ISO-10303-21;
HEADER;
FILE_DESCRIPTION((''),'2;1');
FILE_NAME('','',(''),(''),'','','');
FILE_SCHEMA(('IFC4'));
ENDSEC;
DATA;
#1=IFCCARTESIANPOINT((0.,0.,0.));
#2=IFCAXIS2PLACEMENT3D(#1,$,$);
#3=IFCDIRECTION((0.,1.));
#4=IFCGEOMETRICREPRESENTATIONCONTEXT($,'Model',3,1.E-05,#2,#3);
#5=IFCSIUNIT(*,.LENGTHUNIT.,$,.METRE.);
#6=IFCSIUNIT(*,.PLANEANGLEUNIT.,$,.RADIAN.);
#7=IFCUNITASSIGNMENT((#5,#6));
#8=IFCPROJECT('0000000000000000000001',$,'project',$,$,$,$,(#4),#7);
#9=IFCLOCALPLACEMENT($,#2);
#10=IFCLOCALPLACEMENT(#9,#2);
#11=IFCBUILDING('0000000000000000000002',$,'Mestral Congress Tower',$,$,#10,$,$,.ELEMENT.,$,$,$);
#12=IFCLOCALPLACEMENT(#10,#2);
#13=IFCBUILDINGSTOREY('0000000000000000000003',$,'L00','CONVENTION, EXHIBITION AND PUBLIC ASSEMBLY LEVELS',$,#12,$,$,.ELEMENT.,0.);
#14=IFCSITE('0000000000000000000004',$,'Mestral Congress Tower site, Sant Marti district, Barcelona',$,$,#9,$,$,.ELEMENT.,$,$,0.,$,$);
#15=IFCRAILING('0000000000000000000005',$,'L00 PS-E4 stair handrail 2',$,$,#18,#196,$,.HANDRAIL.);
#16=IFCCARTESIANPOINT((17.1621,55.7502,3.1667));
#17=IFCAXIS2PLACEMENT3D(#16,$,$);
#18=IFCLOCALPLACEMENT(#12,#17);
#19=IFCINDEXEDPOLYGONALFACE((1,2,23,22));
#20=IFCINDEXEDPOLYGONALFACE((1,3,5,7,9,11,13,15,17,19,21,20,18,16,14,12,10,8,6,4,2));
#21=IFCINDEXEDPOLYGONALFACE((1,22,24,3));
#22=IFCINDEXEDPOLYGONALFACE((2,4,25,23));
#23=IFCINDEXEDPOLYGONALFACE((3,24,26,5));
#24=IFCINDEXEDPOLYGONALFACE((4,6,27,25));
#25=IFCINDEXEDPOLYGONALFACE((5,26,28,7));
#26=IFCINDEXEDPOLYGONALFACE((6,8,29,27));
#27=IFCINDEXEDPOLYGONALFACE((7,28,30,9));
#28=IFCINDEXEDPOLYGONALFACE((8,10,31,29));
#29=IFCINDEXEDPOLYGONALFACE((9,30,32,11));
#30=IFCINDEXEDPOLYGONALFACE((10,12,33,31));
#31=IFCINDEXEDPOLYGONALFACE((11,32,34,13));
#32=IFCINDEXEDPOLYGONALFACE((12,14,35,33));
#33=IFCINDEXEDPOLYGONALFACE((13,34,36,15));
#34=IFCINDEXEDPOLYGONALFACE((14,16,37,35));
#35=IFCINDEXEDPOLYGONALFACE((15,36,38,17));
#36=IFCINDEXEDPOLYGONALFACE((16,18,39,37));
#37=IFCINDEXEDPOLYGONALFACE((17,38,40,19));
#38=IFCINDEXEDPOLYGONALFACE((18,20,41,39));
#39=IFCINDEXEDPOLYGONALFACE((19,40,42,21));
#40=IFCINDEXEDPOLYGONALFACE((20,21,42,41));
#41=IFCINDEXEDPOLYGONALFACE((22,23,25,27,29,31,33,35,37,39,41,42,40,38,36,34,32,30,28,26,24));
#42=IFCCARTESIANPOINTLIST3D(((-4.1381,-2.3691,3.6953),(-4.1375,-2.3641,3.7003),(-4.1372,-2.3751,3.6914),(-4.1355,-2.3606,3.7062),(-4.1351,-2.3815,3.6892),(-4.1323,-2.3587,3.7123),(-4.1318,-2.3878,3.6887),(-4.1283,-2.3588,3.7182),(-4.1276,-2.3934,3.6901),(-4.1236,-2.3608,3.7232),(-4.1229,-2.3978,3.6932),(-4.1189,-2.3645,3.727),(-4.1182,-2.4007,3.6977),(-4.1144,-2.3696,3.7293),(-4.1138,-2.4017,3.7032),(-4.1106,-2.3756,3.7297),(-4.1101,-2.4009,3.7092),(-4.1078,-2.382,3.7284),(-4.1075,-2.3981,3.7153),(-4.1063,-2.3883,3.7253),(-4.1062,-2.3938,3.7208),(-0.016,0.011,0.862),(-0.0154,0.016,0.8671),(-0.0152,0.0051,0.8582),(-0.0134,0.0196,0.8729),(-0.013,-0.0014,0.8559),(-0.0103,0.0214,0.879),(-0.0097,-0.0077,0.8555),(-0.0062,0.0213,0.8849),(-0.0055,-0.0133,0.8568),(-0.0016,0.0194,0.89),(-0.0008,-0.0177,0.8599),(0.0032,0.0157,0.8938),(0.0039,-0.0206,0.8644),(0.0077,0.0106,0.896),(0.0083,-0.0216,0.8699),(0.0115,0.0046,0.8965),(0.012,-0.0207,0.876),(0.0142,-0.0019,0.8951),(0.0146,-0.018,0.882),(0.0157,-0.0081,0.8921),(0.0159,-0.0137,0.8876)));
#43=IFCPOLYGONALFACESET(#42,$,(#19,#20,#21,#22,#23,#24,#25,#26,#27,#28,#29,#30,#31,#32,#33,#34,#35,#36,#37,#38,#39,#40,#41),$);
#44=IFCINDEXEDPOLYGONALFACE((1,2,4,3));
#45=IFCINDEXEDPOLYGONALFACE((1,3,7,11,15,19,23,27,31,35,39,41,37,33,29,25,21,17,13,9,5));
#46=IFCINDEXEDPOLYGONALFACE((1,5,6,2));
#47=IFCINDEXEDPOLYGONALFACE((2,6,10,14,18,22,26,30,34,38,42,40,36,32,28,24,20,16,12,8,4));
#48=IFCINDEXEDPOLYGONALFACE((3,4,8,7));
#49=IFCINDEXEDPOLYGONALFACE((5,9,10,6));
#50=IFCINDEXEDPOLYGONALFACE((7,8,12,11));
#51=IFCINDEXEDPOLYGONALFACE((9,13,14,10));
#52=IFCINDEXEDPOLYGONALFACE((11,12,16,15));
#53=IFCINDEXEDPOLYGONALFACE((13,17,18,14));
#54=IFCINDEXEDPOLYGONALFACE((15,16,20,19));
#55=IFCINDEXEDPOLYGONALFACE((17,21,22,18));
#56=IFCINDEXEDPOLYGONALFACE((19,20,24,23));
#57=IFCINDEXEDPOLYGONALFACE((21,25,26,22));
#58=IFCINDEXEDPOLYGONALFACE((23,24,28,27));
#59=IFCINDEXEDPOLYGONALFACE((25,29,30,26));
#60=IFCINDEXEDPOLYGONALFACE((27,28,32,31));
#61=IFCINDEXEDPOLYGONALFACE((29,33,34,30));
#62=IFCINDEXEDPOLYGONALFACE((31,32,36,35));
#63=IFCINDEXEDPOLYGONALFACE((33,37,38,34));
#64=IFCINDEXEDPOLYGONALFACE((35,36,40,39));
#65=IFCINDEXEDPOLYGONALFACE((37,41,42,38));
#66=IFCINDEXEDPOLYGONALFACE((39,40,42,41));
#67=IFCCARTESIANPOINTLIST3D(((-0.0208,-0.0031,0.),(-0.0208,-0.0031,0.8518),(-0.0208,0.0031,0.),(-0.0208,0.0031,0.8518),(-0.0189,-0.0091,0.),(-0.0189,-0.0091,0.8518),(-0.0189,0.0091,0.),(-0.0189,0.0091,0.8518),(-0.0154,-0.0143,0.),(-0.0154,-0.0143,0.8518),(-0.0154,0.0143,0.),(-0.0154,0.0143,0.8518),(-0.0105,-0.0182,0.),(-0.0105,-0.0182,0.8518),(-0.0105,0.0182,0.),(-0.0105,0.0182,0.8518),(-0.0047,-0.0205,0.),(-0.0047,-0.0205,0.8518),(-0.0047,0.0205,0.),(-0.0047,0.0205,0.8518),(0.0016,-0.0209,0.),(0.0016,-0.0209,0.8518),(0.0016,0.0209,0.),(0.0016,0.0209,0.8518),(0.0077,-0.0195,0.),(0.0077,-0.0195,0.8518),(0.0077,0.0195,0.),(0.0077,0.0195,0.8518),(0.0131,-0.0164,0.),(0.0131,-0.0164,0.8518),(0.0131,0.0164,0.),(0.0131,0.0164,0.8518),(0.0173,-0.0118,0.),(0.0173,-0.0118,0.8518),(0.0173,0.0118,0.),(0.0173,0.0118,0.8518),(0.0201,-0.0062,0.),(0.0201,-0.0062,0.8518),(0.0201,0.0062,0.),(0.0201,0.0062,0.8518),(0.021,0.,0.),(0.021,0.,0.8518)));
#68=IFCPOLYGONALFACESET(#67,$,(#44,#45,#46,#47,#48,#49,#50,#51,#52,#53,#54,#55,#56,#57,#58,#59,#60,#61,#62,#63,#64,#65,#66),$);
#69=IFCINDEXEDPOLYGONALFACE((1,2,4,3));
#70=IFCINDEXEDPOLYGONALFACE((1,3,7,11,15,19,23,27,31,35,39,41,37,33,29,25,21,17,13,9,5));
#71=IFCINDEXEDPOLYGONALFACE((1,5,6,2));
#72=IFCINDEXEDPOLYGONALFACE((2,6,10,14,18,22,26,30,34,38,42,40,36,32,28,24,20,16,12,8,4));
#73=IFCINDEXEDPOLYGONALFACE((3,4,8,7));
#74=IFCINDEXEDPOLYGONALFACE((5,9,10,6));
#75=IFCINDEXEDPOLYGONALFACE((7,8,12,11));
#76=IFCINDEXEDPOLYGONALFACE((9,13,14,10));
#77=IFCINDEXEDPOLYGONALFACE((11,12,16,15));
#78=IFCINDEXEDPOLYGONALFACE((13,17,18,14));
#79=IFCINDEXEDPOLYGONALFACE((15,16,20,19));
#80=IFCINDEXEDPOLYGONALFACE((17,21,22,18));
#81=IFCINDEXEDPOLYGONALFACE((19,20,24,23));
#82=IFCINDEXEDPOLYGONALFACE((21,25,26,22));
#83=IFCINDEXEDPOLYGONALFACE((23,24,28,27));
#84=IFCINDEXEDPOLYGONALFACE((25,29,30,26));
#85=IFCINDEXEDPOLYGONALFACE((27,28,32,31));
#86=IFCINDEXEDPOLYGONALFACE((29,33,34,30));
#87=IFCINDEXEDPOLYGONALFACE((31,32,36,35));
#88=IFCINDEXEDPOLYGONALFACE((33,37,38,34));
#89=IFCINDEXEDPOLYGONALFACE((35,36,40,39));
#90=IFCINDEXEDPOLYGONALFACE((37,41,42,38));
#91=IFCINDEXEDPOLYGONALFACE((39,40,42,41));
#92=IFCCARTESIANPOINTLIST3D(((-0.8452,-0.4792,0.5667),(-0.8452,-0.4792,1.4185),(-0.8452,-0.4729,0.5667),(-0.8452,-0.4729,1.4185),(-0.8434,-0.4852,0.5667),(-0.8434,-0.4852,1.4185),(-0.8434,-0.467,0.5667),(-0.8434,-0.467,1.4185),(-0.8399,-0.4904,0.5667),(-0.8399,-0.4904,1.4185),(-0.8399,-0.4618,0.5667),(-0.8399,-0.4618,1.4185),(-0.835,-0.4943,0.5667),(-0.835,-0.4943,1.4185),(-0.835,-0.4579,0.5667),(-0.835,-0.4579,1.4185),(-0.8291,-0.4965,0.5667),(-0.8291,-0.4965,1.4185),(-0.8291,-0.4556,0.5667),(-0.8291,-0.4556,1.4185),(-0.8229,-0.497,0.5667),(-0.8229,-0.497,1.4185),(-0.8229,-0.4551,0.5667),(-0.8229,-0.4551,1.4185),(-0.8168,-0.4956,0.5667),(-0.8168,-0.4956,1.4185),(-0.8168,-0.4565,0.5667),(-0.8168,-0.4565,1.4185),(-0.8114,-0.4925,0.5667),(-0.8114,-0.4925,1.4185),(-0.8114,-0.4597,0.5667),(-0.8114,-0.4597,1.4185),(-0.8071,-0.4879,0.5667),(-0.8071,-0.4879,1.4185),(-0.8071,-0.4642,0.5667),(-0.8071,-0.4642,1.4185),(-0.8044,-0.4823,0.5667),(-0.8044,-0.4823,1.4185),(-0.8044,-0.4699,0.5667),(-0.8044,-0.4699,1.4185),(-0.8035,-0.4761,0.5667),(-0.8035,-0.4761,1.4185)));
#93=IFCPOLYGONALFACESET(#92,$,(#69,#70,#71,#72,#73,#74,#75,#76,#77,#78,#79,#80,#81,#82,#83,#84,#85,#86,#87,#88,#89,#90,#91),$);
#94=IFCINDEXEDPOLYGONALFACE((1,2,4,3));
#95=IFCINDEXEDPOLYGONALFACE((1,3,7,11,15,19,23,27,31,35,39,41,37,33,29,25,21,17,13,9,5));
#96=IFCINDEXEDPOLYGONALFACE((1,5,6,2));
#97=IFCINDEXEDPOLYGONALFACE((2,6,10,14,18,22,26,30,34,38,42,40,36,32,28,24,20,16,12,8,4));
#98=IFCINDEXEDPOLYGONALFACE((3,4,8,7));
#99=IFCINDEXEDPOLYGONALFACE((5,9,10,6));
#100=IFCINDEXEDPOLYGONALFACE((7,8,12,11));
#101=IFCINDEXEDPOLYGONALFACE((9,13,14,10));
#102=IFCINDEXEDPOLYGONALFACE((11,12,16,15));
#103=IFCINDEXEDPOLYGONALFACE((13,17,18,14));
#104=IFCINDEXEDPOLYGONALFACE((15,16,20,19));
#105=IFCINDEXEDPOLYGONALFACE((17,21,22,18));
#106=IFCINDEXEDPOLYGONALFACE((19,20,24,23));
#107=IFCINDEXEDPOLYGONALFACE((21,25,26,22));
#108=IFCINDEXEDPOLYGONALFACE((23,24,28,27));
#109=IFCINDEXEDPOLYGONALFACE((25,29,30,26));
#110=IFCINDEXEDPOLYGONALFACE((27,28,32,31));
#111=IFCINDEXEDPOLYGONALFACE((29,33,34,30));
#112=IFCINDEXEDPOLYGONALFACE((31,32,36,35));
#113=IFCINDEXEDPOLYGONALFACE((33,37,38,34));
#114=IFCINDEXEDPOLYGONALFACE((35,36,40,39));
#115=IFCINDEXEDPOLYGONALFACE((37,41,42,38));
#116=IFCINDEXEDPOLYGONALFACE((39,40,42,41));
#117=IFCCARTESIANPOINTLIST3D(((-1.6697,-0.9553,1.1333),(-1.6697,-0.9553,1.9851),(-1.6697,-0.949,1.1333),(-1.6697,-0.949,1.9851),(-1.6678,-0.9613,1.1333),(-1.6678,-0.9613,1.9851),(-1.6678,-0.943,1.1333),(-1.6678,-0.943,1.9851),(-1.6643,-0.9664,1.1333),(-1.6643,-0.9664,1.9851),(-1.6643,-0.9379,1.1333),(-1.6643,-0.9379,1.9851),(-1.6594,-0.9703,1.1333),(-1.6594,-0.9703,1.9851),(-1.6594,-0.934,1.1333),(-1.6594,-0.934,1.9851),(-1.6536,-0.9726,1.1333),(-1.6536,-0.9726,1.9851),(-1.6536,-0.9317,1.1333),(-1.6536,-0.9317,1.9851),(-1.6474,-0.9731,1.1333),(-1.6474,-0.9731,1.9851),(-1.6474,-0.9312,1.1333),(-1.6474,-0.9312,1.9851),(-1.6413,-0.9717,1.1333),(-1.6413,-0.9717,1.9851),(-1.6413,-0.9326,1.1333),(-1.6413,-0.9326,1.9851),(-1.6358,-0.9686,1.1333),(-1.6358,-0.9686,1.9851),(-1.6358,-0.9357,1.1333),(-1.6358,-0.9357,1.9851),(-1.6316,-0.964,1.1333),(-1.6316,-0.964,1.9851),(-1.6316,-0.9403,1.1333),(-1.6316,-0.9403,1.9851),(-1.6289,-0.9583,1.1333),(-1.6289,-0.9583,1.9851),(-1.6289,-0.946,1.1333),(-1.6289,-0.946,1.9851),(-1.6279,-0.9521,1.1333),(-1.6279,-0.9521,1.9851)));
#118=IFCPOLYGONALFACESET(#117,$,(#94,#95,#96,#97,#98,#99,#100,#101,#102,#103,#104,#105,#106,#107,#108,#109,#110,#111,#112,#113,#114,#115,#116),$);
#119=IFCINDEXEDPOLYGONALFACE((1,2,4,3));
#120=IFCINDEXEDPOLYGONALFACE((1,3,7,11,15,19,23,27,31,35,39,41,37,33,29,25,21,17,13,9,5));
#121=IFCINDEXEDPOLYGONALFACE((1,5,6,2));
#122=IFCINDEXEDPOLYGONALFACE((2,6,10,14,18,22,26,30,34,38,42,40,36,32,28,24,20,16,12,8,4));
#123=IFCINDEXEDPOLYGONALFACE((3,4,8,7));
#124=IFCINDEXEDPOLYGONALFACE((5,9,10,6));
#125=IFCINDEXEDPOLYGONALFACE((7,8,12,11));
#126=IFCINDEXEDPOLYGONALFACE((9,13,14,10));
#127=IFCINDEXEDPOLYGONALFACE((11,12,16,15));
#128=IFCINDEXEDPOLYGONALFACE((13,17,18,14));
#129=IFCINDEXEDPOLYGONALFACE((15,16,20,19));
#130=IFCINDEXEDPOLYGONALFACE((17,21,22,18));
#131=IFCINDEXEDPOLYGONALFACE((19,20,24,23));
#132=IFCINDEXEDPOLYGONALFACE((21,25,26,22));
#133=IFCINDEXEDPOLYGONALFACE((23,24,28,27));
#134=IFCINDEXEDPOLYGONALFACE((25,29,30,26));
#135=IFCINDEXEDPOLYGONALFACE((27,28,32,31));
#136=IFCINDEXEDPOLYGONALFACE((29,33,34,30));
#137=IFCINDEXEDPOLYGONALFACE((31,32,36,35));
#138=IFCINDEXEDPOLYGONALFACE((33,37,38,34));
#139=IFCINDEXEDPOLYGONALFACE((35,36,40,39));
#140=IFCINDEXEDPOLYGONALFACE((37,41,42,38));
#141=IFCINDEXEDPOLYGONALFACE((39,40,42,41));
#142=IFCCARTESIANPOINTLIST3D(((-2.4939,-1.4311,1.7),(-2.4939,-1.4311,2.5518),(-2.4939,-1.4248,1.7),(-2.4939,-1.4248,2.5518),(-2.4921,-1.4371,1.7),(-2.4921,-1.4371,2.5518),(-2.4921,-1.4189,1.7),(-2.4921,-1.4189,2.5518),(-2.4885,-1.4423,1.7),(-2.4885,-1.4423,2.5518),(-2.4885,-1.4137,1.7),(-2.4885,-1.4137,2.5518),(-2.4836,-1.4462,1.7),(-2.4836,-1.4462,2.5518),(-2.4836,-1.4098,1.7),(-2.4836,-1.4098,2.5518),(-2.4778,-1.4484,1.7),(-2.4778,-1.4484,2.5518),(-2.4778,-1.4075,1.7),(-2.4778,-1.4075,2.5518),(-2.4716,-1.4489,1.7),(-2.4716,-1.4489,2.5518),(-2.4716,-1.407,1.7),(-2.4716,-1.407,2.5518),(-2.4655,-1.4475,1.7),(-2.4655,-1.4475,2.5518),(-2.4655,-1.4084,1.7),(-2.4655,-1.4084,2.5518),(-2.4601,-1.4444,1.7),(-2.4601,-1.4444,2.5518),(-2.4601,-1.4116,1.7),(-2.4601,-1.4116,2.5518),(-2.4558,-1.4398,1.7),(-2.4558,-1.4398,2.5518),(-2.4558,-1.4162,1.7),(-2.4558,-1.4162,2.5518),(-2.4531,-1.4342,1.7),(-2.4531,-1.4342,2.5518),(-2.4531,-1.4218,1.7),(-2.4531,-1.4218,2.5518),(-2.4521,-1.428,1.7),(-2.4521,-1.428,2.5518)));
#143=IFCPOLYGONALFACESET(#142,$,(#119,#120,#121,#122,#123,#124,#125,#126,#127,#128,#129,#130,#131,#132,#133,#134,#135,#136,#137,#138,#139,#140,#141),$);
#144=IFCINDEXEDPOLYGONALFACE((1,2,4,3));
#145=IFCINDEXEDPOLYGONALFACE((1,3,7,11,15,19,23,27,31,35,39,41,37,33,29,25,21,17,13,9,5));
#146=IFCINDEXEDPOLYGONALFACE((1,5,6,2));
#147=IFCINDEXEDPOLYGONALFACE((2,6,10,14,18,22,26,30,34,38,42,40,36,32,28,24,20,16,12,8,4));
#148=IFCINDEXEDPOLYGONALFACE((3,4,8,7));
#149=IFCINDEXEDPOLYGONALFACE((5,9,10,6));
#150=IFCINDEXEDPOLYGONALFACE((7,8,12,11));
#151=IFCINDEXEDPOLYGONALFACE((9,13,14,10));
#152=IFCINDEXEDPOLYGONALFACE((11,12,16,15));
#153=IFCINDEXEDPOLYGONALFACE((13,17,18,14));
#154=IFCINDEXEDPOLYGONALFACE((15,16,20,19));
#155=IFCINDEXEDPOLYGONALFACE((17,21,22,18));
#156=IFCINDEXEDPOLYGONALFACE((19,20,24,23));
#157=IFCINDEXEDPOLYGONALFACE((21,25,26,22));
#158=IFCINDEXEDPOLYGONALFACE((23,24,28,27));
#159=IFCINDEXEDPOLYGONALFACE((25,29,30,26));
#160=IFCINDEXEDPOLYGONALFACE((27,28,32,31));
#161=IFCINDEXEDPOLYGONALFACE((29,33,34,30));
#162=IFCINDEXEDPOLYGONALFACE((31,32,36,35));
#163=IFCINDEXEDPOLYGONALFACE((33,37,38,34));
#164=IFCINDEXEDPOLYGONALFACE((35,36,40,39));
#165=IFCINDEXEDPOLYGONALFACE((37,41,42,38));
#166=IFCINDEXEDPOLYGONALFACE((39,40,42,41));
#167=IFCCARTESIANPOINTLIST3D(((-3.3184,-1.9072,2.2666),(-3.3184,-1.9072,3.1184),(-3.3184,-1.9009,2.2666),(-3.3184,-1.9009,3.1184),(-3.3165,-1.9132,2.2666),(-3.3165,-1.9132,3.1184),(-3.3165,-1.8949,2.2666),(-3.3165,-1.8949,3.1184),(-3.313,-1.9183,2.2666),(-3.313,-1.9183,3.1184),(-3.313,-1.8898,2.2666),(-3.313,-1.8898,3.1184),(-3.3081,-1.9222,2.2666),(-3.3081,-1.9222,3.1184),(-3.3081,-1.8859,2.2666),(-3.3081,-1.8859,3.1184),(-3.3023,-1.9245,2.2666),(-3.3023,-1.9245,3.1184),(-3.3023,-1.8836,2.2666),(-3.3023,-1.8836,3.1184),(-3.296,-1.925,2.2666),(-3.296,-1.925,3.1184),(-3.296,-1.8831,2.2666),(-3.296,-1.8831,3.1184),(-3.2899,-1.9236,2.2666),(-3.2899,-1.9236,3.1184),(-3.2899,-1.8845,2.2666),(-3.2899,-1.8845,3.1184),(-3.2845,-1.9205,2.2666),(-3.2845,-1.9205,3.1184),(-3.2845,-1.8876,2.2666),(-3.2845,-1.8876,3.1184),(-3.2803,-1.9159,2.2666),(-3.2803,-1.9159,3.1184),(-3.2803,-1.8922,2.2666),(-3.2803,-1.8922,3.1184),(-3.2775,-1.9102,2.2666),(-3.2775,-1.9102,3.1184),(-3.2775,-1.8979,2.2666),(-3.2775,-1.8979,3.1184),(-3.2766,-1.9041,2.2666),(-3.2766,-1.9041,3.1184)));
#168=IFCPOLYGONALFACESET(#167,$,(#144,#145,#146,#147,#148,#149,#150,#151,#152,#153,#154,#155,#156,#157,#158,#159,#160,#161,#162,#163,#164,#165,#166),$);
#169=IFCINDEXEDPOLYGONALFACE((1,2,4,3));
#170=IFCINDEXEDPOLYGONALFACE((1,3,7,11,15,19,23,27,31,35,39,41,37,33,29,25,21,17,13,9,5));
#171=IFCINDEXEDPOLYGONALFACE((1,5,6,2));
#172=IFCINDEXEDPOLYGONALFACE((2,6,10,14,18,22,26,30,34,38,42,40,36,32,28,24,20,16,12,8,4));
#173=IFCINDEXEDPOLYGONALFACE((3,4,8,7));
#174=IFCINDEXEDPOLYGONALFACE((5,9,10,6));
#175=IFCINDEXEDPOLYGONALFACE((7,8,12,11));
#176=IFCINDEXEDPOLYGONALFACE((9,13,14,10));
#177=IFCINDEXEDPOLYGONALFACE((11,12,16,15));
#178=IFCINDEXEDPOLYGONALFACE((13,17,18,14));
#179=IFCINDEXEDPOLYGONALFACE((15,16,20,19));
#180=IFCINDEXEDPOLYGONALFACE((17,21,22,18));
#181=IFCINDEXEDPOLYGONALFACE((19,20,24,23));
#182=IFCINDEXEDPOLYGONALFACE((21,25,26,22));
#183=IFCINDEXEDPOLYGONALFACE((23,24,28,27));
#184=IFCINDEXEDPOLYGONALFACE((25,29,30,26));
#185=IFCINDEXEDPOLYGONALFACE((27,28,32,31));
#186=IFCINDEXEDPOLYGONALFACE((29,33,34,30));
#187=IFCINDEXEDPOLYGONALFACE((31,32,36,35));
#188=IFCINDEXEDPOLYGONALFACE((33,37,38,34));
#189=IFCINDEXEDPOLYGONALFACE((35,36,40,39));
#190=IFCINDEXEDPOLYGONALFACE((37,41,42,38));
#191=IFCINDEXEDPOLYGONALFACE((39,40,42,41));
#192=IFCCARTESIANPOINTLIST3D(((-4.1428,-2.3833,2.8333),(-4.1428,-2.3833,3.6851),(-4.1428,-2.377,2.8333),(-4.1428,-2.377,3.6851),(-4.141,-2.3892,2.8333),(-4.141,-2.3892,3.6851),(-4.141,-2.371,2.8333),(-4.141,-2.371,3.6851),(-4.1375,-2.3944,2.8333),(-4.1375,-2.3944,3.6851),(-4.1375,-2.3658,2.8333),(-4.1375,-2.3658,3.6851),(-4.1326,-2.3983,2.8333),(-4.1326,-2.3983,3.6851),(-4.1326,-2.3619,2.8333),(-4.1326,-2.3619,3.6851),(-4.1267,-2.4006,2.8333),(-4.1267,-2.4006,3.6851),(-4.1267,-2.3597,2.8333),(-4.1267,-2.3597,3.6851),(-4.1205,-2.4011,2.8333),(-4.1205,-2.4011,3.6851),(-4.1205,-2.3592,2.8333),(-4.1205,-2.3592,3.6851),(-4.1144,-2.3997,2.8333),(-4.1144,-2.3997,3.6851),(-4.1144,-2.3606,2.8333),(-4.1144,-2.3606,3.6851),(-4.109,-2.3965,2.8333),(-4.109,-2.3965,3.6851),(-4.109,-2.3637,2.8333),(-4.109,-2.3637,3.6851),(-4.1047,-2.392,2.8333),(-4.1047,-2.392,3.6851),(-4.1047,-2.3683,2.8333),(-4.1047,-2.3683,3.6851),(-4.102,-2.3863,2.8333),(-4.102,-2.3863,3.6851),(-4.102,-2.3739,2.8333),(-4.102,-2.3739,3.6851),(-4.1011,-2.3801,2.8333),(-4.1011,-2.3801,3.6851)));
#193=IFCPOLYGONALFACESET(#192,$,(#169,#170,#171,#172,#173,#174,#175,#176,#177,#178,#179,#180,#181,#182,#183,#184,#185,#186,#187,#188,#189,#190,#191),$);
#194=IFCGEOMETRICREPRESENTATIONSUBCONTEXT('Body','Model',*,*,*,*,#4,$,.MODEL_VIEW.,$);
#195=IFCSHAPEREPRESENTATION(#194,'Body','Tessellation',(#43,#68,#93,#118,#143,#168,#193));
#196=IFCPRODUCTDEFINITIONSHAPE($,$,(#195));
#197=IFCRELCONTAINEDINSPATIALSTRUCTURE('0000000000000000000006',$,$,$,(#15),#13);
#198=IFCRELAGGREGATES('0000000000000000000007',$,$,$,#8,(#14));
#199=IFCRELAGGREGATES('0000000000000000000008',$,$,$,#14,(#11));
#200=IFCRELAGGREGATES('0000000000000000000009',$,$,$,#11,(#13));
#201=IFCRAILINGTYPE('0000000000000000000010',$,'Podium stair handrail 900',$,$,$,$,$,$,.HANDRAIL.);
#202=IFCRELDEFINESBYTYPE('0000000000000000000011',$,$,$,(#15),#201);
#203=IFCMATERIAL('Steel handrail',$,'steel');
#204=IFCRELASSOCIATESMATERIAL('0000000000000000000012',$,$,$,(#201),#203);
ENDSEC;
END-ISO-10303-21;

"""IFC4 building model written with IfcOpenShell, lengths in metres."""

from ifc_helpers import new_model, si_unit, direction, frame, origin, origin_2d, place, context, subcontext, project, spatial, circle, extrude, material, type_object, element, save


model = new_model("IFC4")

# Units and contexts
model_context = context("Model", 3, precision=1e-05, world=origin(), true_north=direction((0.0, 1.0)))
body_context = subcontext(model_context, "Body", "Model", "MODEL_VIEW")
ifc_project = project(units=[si_unit("LENGTHUNIT", "METRE"), si_unit("PLANEANGLEUNIT", "RADIAN")], contexts=[model_context])

# Site, building, storey
site_placement = place(None, origin())
site = spatial("IfcSite", under=ifc_project, at=site_placement, Name="Mestral Congress Tower site, Sant Marti district, Barcelona", CompositionType="ELEMENT", RefElevation=0.0)
building_placement = place(site_placement, origin())
building = spatial("IfcBuilding", under=site, at=building_placement, Name="Mestral Congress Tower", CompositionType="ELEMENT")
storey_placement = place(building_placement, origin())
storey = spatial("IfcBuildingStorey", under=building, at=storey_placement, Name="L00", Description="CONVENTION, EXHIBITION AND PUBLIC ASSEMBLY LEVELS", CompositionType="ELEMENT", Elevation=0.0)

# Railing
ifc_material_1 = material(Name="Steel handrail", Category="steel")
railing_type_1 = type_object("IfcRailingType", Name="Podium stair handrail 900", PredefinedType="HANDRAIL", material=ifc_material_1)
railing_1_placement = place(storey_placement, frame((17.1621, 55.7502, 3.1667)))
element("IfcRailing", 1, at=railing_1_placement, inside=storey, type_object=railing_type_1, Name="L00 PS-E4 stair handrail 2", PredefinedType="HANDRAIL", context=body_context, shape_type="SweptSolid", body=[
    extrude(circle(Radius=0.0239, at=origin_2d()), frame((0.0, 0.0, 0.876), z_axis=(-0.744151, -0.429681, 0.511482), x_axis=(0.500039, -0.866003, 0.0)), (0.0, 0.0, 1.0), 5.5393),
    extrude(circle(Radius=0.021, at=origin_2d()), origin(), (0.0, 0.0, 1.0), 0.8518),
    extrude(circle(Radius=0.021, at=origin_2d()), frame((-0.8245, -0.4761, 0.5667)), (0.0, 0.0, 1.0), 0.8518),
    extrude(circle(Radius=0.021, at=origin_2d()), frame((-1.6489, -0.9521, 1.1333)), (0.0, 0.0, 1.0), 0.8518),
    extrude(circle(Radius=0.021, at=origin_2d()), frame((-2.4731, -1.428, 1.7)), (0.0, 0.0, 1.0), 0.8518),
    extrude(circle(Radius=0.021, at=origin_2d()), frame((-3.2976, -1.9041, 2.2666)), (0.0, 0.0, 1.0), 0.8518),
    extrude(circle(Radius=0.021, at=origin_2d()), frame((-4.1221, -2.3801, 2.8333)), (0.0, 0.0, 1.0), 0.8518),
])

save(model, "model.ifc")
